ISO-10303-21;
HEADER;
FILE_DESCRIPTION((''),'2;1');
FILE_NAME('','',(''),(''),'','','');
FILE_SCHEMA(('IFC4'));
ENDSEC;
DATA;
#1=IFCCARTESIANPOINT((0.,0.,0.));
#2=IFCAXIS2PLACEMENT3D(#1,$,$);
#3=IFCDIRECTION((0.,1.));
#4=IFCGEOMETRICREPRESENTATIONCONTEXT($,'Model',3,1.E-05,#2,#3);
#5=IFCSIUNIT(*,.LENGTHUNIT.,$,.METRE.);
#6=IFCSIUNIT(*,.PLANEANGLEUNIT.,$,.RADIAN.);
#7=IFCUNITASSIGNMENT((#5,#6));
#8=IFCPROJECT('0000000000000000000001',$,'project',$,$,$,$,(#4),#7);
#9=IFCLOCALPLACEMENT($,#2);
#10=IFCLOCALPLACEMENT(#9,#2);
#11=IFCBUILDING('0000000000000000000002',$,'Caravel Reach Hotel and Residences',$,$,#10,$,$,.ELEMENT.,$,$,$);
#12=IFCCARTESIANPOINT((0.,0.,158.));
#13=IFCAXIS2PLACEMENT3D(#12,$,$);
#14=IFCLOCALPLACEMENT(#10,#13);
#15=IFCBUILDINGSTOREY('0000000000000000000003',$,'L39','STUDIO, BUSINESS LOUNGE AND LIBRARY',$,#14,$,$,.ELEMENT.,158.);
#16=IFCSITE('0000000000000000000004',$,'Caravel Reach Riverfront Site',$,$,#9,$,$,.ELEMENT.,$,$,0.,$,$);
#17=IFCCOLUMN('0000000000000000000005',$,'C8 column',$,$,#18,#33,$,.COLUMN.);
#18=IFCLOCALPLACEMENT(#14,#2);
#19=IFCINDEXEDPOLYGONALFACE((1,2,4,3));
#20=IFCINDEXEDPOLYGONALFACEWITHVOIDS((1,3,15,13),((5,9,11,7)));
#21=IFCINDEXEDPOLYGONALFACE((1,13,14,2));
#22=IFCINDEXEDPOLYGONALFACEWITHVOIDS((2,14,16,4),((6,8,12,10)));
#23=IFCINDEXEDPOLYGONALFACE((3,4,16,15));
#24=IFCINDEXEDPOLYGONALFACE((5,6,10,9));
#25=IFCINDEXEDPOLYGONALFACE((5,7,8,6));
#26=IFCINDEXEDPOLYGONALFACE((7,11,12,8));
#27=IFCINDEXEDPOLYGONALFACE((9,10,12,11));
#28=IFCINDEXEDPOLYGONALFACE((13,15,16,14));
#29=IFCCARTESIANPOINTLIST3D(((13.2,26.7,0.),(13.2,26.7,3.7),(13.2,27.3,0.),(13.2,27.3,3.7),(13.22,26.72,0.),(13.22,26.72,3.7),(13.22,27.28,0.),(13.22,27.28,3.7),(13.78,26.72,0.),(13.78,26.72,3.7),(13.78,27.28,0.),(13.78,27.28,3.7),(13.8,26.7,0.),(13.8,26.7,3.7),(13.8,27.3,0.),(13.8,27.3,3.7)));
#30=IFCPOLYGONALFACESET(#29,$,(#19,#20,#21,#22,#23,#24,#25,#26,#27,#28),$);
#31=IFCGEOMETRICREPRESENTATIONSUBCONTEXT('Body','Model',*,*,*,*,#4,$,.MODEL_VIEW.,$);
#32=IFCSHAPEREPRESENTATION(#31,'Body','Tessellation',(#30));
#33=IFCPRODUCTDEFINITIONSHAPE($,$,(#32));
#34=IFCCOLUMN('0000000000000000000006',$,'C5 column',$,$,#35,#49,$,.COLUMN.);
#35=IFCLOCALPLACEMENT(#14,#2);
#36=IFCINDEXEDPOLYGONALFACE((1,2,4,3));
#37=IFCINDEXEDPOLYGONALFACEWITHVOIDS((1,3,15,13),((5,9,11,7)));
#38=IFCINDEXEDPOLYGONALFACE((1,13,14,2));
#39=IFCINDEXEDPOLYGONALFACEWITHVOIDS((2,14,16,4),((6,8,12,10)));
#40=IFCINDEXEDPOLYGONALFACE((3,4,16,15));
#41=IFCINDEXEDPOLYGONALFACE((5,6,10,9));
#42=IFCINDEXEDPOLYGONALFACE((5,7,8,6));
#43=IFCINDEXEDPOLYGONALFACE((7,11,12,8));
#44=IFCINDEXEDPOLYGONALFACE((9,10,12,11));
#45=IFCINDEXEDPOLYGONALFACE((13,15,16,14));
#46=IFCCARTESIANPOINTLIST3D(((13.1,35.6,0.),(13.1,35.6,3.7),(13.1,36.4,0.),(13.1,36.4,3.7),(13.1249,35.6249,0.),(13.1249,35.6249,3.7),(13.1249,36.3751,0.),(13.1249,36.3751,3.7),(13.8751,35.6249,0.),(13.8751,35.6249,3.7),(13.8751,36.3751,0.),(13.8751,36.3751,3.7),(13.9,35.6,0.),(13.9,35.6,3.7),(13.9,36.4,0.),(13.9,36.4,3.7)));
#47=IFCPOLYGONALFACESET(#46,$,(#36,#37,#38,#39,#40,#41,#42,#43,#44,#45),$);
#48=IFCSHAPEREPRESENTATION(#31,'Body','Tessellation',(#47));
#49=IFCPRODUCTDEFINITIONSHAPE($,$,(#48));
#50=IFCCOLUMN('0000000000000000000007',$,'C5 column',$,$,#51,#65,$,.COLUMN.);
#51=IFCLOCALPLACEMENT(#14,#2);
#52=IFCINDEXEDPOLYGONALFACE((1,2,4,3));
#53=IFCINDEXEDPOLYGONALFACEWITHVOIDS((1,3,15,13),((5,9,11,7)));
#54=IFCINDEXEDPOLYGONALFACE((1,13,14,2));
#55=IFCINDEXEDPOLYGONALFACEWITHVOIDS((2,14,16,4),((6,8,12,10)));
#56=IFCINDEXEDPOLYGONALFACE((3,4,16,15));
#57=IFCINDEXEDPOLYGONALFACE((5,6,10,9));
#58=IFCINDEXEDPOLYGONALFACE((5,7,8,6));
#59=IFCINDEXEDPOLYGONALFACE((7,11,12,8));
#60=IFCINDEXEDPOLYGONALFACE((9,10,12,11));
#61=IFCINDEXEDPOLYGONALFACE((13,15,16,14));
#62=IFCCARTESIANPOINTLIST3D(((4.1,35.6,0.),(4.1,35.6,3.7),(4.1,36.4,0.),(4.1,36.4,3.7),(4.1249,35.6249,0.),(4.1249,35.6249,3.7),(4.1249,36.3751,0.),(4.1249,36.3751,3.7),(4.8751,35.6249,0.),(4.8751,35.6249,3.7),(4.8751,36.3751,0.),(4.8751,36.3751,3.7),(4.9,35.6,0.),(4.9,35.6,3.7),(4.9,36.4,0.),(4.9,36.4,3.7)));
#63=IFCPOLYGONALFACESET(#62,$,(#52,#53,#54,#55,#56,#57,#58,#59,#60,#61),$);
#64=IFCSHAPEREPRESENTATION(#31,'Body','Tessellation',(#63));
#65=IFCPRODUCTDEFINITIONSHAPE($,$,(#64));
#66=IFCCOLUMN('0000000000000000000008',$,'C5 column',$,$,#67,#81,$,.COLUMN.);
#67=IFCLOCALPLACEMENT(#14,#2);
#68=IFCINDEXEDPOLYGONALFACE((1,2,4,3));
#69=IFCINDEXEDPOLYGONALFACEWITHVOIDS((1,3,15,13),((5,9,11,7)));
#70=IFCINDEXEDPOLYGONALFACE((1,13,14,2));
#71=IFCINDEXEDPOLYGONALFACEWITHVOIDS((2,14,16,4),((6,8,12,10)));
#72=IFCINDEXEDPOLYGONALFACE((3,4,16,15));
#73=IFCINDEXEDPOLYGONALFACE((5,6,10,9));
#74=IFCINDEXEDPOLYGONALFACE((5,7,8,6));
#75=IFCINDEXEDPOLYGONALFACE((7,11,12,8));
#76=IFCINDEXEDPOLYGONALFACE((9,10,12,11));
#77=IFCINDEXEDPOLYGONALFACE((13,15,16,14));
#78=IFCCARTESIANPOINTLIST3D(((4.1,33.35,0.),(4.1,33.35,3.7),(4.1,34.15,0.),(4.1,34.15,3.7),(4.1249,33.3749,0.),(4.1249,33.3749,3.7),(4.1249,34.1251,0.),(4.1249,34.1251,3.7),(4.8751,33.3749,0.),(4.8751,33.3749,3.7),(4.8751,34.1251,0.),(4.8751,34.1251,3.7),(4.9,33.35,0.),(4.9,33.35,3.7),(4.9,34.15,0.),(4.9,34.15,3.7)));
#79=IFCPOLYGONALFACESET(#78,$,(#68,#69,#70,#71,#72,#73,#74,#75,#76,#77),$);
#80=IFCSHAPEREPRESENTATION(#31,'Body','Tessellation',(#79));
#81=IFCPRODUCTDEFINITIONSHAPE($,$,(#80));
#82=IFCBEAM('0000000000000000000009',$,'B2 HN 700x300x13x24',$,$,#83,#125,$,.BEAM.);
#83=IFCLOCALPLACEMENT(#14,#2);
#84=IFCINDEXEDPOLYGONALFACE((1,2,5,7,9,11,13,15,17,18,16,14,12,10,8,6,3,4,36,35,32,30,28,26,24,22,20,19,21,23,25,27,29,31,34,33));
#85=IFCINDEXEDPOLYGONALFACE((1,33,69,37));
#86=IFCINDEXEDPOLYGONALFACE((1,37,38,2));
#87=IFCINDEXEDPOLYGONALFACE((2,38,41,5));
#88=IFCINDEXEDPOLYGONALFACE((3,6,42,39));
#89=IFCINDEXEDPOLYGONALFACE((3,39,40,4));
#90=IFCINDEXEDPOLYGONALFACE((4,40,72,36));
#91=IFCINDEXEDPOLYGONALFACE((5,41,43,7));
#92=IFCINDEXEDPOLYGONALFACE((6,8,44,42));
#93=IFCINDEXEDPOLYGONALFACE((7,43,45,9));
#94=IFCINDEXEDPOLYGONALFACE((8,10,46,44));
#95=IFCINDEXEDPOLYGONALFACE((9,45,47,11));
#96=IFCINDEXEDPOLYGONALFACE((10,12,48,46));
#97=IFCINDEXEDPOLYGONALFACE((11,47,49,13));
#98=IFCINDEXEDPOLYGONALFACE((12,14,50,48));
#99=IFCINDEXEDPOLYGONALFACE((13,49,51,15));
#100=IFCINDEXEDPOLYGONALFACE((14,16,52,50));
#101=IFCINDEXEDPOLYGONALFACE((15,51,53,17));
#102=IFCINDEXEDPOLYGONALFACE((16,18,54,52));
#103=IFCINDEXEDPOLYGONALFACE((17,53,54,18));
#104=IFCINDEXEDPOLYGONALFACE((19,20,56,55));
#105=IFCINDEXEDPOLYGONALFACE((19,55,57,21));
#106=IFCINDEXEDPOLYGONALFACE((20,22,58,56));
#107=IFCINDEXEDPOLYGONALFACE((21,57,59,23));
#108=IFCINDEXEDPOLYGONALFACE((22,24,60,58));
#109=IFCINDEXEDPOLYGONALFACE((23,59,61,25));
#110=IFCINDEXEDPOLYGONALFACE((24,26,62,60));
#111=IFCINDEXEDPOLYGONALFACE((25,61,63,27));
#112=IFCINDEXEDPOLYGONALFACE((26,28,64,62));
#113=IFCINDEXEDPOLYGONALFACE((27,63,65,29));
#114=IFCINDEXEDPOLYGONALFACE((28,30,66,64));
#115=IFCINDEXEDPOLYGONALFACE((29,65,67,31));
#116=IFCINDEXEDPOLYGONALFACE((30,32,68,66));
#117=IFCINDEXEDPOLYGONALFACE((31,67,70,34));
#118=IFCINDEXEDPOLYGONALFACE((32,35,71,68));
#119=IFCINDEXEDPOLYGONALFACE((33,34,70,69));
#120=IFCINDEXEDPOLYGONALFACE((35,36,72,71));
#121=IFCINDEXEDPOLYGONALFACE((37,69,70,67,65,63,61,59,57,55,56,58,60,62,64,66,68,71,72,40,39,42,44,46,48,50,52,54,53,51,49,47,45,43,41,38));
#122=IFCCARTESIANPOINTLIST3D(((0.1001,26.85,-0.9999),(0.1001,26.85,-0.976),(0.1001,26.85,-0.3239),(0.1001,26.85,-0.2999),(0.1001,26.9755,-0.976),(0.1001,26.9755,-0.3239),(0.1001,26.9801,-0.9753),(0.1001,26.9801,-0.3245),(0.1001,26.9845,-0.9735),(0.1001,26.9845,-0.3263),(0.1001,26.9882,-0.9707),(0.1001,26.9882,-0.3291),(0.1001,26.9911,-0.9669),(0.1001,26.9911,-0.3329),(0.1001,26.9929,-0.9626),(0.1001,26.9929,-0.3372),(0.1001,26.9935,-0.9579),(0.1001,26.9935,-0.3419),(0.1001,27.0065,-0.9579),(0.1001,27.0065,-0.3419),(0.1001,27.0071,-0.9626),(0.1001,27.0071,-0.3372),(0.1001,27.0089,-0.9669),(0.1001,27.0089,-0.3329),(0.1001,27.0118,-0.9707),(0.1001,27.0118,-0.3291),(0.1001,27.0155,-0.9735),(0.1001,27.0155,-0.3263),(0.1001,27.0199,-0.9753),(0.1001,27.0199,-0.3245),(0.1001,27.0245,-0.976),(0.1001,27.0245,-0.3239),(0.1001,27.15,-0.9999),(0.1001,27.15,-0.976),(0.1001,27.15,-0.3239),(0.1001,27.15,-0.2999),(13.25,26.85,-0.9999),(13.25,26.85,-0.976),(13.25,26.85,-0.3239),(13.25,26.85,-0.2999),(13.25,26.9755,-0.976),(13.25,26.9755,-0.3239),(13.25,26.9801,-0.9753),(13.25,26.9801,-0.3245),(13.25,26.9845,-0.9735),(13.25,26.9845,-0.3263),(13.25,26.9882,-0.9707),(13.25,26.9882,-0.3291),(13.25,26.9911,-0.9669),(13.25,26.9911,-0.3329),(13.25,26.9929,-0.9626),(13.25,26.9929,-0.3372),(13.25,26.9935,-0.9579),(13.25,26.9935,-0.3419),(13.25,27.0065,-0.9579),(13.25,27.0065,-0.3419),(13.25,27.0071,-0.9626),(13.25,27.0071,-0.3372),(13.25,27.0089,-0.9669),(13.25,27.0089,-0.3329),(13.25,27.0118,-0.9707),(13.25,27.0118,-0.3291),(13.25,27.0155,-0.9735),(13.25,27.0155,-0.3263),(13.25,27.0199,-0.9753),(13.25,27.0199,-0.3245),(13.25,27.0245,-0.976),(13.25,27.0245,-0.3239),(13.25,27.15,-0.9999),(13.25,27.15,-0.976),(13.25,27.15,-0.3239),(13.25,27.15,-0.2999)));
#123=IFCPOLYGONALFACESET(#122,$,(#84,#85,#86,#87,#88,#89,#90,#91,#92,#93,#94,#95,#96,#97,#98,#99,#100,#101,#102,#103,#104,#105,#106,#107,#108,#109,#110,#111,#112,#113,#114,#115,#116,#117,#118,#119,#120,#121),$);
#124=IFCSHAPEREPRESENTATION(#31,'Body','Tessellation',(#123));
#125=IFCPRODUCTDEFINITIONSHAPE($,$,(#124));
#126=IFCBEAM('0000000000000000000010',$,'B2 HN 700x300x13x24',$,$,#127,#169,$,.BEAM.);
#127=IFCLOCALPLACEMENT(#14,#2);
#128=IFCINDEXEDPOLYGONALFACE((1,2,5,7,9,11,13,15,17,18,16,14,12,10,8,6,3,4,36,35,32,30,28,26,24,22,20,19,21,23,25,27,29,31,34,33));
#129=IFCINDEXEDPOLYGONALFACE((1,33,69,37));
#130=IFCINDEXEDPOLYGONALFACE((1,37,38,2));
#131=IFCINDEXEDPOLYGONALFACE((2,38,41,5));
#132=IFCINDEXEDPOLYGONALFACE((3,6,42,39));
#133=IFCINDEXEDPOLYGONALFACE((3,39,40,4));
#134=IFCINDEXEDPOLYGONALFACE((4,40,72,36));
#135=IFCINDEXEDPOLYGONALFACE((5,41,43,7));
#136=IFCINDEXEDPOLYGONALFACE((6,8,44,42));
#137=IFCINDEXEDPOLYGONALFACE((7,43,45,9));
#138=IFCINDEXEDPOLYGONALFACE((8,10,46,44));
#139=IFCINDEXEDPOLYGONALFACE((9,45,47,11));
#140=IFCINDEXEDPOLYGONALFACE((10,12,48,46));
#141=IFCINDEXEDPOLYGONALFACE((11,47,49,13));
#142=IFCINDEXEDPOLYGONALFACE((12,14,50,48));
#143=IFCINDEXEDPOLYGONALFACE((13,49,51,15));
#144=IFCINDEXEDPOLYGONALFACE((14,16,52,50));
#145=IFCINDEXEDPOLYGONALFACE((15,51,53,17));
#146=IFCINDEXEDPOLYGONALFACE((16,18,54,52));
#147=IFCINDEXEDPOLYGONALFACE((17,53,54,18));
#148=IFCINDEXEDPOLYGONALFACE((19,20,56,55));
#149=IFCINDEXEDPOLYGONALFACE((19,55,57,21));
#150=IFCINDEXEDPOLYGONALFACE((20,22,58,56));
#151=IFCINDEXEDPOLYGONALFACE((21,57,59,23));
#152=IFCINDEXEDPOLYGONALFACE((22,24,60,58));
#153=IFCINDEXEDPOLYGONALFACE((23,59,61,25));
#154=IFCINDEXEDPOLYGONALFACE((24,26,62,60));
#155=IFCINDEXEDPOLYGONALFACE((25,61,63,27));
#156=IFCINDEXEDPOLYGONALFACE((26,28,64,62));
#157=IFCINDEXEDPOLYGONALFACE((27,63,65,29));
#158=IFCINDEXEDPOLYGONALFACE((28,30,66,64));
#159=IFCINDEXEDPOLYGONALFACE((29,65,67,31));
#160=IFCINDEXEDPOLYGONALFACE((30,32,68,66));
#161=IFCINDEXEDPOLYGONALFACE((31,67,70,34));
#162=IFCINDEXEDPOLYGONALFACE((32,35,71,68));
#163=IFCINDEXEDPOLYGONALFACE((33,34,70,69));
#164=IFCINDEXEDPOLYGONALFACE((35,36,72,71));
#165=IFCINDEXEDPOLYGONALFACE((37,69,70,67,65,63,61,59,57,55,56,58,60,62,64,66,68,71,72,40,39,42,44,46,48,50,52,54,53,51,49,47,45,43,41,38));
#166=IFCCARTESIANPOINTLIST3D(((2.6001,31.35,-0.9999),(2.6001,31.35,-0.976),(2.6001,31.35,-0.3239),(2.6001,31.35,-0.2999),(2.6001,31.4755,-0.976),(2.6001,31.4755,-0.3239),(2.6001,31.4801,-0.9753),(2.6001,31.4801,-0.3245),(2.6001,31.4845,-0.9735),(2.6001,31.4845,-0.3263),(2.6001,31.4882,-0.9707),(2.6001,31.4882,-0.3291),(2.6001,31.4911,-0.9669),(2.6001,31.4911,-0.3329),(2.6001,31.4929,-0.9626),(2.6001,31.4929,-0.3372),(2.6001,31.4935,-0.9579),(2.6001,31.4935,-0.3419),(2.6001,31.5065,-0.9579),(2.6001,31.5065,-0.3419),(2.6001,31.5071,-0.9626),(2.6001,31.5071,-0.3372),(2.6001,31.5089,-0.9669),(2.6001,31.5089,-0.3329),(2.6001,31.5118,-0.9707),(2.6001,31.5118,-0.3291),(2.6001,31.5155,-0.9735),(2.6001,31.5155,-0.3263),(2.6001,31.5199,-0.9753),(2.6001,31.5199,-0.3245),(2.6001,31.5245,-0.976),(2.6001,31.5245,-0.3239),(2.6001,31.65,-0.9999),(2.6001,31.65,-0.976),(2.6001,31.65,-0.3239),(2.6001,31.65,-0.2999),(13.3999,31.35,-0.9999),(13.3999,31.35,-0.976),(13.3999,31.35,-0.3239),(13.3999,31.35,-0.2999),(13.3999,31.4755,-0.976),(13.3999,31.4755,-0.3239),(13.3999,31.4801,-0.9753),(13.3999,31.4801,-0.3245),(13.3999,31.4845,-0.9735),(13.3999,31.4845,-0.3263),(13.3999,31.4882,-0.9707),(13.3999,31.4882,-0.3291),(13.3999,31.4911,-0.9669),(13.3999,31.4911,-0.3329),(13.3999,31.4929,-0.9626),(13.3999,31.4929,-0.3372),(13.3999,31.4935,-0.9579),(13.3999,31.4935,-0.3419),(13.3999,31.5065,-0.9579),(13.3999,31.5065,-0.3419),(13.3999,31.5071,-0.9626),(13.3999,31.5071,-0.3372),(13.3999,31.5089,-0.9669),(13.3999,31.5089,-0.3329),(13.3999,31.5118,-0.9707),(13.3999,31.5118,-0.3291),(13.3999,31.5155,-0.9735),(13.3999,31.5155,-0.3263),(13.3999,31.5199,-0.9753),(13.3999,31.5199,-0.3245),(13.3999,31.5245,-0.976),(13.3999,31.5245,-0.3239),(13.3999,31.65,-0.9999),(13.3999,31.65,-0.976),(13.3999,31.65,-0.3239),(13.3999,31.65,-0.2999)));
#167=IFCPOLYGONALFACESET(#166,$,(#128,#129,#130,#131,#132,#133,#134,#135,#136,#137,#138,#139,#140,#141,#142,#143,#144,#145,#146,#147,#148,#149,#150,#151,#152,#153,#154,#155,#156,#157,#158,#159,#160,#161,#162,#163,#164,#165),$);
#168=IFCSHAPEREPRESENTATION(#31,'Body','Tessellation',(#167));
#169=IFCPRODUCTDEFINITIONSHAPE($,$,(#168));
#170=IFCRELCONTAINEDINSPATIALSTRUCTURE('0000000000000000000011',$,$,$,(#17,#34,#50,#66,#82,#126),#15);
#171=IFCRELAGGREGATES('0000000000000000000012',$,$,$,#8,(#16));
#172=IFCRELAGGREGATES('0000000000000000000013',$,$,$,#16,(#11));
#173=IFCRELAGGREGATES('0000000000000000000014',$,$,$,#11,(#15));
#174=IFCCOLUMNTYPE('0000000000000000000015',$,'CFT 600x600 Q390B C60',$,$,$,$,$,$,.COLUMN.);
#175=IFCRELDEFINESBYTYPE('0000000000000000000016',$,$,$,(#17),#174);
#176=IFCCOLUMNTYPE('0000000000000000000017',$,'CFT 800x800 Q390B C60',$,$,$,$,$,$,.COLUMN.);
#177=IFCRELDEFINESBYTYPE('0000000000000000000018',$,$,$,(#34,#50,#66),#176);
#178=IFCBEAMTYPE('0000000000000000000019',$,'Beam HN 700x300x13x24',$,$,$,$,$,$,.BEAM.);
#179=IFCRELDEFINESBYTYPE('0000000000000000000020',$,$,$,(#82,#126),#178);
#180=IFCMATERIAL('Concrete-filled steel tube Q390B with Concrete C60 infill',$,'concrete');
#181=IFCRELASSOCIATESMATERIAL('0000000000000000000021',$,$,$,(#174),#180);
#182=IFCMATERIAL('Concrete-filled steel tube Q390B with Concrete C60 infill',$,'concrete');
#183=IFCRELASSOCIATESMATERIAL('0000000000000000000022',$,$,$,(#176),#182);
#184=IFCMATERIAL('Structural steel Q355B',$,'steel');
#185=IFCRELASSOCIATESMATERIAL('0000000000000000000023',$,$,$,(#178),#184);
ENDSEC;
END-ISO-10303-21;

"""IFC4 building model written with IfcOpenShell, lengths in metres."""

from ifc_helpers import new_model, si_unit, direction, frame, origin, origin_2d, place, context, subcontext, project, spatial, hollow_rectangle, i_section, extrude, material, material_profile, profile_set, type_object, element, save


model = new_model("IFC4")

# Units and contexts
model_context = context("Model", 3, precision=1e-05, world=origin(), true_north=direction((0.0, 1.0)))
body_context = subcontext(model_context, "Body", "Model", "MODEL_VIEW")
ifc_project = project(units=[si_unit("LENGTHUNIT", "METRE"), si_unit("PLANEANGLEUNIT", "RADIAN")], contexts=[model_context])

# Site, building, storey
site_placement = place(None, origin())
site = spatial("IfcSite", under=ifc_project, at=site_placement, Name="Caravel Reach Riverfront Site", CompositionType="ELEMENT", RefElevation=0.0)
building_placement = place(site_placement, origin())
building = spatial("IfcBuilding", under=site, at=building_placement, Name="Caravel Reach Hotel and Residences", CompositionType="ELEMENT")
storey_placement = place(building_placement, frame((0.0, 0.0, 158.0)))
storey = spatial("IfcBuildingStorey", under=building, at=storey_placement, Name="L39", Description="STUDIO, BUSINESS LOUNGE AND LIBRARY", CompositionType="ELEMENT", Elevation=158.0)

# Columns
ifc_material_1 = material(Name="Concrete-filled steel tube Q390B with Concrete C60 infill", Category="concrete")
ifc_material_profile_1 = material_profile(ifc_material_1, hollow_rectangle(XDim=0.6001, YDim=0.6001, WallThickness=0.02, at=origin_2d()), Name="RHS 600x600x20")
ifc_profile_set_1 = profile_set([ifc_material_profile_1], Name="Concrete-filled steel tube Q390B with Concrete C60 infill")
column_type_1 = type_object("IfcColumnType", Name="CFT 600x600 Q390B C60", PredefinedType="COLUMN", material=ifc_profile_set_1)
column_placement = place(storey_placement, frame((13.5, 27.0, 0.0), z_axis=(0.0, 0.0, 1.0), x_axis=(1.0, 0.0, 0.0)))
element("IfcColumn", 1, at=column_placement, inside=storey, type_object=column_type_1, Name="C8 column", PredefinedType="COLUMN", context=body_context, shape_type="SweptSolid", body=[
    extrude(hollow_rectangle(XDim=0.6001, YDim=0.6001, WallThickness=0.02, at=origin_2d()), origin(), (0.0, 0.0, 1.0), 3.7),
])
ifc_material_2 = material(Name="Concrete-filled steel tube Q390B with Concrete C60 infill", Category="concrete")
ifc_material_profile_2 = material_profile(ifc_material_2, hollow_rectangle(XDim=0.8, YDim=0.8, WallThickness=0.0249, at=origin_2d()), Name="RHS 800x800x25")
ifc_profile_set_2 = profile_set([ifc_material_profile_2], Name="Concrete-filled steel tube Q390B with Concrete C60 infill")
column_type_2 = type_object("IfcColumnType", Name="CFT 800x800 Q390B C60", PredefinedType="COLUMN", material=ifc_profile_set_2)
for number, where, z_axis, x_axis, name in (
    (2, (13.5, 36.0, 0.0), (0.0, 0.0, 1.0), (1.0, 0.0, 0.0), "C5 column"),
    (3, (4.5, 36.0, 0.0), (0.0, 0.0, 1.0), (1.0, 0.0, 0.0), "C5 column"),
    (4, (4.5, 33.75, 0.0), (0.0, 0.0, 1.0), (1.0, 0.0, 0.0), "C5 column"),
):
    element("IfcColumn", number, at=place(storey_placement, frame(where, z_axis=z_axis, x_axis=x_axis)), inside=storey, type_object=column_type_2, Name=name, PredefinedType="COLUMN", context=body_context, shape_type="SweptSolid", body=[
        extrude(hollow_rectangle(XDim=0.8, YDim=0.8, WallThickness=0.0249, at=origin_2d()), origin(), (0.0, 0.0, 1.0), 3.7),
    ])

# Beams
ifc_material_3 = material(Name="Structural steel Q355B", Category="steel")
ifc_material_profile_3 = material_profile(ifc_material_3, i_section(OverallWidth=0.3, OverallDepth=0.7, WebThickness=0.0129, FlangeThickness=0.0239, FilletRadius=0.0181, at=origin_2d()), Name="HN 700x300x13x24")
ifc_profile_set_3 = profile_set([ifc_material_profile_3], Name="Structural steel Q355B")
beam_type_1 = type_object("IfcBeamType", Name="Beam HN 700x300x13x24", PredefinedType="BEAM", material=ifc_profile_set_3)
beam_1_placement = place(storey_placement, frame((13.25, 27.0, -0.6499), z_axis=(-1.0, 0.0, 0.0), x_axis=(0.0, -1.0, 0.0)))
element("IfcBeam", 5, at=beam_1_placement, inside=storey, type_object=beam_type_1, Name="B2 HN 700x300x13x24", PredefinedType="BEAM", context=body_context, shape_type="SweptSolid", body=[
    extrude(i_section(OverallWidth=0.3, OverallDepth=0.7, WebThickness=0.0129, FlangeThickness=0.0239, FilletRadius=0.0181, at=origin_2d()), origin(), (0.0, 0.0, 1.0), 13.1499),
])
beam_2_placement = place(storey_placement, frame((13.3999, 31.5, -0.6499), z_axis=(-1.0, 0.0, 0.0), x_axis=(0.0, -1.0, 0.0)))
element("IfcBeam", 6, at=beam_2_placement, inside=storey, type_object=beam_type_1, Name="B2 HN 700x300x13x24", PredefinedType="BEAM", context=body_context, shape_type="SweptSolid", body=[
    extrude(i_section(OverallWidth=0.3, OverallDepth=0.7, WebThickness=0.0129, FlangeThickness=0.0239, FilletRadius=0.0181, at=origin_2d()), origin(), (0.0, 0.0, 1.0), 10.7998),
])

save(model, "model.ifc")
